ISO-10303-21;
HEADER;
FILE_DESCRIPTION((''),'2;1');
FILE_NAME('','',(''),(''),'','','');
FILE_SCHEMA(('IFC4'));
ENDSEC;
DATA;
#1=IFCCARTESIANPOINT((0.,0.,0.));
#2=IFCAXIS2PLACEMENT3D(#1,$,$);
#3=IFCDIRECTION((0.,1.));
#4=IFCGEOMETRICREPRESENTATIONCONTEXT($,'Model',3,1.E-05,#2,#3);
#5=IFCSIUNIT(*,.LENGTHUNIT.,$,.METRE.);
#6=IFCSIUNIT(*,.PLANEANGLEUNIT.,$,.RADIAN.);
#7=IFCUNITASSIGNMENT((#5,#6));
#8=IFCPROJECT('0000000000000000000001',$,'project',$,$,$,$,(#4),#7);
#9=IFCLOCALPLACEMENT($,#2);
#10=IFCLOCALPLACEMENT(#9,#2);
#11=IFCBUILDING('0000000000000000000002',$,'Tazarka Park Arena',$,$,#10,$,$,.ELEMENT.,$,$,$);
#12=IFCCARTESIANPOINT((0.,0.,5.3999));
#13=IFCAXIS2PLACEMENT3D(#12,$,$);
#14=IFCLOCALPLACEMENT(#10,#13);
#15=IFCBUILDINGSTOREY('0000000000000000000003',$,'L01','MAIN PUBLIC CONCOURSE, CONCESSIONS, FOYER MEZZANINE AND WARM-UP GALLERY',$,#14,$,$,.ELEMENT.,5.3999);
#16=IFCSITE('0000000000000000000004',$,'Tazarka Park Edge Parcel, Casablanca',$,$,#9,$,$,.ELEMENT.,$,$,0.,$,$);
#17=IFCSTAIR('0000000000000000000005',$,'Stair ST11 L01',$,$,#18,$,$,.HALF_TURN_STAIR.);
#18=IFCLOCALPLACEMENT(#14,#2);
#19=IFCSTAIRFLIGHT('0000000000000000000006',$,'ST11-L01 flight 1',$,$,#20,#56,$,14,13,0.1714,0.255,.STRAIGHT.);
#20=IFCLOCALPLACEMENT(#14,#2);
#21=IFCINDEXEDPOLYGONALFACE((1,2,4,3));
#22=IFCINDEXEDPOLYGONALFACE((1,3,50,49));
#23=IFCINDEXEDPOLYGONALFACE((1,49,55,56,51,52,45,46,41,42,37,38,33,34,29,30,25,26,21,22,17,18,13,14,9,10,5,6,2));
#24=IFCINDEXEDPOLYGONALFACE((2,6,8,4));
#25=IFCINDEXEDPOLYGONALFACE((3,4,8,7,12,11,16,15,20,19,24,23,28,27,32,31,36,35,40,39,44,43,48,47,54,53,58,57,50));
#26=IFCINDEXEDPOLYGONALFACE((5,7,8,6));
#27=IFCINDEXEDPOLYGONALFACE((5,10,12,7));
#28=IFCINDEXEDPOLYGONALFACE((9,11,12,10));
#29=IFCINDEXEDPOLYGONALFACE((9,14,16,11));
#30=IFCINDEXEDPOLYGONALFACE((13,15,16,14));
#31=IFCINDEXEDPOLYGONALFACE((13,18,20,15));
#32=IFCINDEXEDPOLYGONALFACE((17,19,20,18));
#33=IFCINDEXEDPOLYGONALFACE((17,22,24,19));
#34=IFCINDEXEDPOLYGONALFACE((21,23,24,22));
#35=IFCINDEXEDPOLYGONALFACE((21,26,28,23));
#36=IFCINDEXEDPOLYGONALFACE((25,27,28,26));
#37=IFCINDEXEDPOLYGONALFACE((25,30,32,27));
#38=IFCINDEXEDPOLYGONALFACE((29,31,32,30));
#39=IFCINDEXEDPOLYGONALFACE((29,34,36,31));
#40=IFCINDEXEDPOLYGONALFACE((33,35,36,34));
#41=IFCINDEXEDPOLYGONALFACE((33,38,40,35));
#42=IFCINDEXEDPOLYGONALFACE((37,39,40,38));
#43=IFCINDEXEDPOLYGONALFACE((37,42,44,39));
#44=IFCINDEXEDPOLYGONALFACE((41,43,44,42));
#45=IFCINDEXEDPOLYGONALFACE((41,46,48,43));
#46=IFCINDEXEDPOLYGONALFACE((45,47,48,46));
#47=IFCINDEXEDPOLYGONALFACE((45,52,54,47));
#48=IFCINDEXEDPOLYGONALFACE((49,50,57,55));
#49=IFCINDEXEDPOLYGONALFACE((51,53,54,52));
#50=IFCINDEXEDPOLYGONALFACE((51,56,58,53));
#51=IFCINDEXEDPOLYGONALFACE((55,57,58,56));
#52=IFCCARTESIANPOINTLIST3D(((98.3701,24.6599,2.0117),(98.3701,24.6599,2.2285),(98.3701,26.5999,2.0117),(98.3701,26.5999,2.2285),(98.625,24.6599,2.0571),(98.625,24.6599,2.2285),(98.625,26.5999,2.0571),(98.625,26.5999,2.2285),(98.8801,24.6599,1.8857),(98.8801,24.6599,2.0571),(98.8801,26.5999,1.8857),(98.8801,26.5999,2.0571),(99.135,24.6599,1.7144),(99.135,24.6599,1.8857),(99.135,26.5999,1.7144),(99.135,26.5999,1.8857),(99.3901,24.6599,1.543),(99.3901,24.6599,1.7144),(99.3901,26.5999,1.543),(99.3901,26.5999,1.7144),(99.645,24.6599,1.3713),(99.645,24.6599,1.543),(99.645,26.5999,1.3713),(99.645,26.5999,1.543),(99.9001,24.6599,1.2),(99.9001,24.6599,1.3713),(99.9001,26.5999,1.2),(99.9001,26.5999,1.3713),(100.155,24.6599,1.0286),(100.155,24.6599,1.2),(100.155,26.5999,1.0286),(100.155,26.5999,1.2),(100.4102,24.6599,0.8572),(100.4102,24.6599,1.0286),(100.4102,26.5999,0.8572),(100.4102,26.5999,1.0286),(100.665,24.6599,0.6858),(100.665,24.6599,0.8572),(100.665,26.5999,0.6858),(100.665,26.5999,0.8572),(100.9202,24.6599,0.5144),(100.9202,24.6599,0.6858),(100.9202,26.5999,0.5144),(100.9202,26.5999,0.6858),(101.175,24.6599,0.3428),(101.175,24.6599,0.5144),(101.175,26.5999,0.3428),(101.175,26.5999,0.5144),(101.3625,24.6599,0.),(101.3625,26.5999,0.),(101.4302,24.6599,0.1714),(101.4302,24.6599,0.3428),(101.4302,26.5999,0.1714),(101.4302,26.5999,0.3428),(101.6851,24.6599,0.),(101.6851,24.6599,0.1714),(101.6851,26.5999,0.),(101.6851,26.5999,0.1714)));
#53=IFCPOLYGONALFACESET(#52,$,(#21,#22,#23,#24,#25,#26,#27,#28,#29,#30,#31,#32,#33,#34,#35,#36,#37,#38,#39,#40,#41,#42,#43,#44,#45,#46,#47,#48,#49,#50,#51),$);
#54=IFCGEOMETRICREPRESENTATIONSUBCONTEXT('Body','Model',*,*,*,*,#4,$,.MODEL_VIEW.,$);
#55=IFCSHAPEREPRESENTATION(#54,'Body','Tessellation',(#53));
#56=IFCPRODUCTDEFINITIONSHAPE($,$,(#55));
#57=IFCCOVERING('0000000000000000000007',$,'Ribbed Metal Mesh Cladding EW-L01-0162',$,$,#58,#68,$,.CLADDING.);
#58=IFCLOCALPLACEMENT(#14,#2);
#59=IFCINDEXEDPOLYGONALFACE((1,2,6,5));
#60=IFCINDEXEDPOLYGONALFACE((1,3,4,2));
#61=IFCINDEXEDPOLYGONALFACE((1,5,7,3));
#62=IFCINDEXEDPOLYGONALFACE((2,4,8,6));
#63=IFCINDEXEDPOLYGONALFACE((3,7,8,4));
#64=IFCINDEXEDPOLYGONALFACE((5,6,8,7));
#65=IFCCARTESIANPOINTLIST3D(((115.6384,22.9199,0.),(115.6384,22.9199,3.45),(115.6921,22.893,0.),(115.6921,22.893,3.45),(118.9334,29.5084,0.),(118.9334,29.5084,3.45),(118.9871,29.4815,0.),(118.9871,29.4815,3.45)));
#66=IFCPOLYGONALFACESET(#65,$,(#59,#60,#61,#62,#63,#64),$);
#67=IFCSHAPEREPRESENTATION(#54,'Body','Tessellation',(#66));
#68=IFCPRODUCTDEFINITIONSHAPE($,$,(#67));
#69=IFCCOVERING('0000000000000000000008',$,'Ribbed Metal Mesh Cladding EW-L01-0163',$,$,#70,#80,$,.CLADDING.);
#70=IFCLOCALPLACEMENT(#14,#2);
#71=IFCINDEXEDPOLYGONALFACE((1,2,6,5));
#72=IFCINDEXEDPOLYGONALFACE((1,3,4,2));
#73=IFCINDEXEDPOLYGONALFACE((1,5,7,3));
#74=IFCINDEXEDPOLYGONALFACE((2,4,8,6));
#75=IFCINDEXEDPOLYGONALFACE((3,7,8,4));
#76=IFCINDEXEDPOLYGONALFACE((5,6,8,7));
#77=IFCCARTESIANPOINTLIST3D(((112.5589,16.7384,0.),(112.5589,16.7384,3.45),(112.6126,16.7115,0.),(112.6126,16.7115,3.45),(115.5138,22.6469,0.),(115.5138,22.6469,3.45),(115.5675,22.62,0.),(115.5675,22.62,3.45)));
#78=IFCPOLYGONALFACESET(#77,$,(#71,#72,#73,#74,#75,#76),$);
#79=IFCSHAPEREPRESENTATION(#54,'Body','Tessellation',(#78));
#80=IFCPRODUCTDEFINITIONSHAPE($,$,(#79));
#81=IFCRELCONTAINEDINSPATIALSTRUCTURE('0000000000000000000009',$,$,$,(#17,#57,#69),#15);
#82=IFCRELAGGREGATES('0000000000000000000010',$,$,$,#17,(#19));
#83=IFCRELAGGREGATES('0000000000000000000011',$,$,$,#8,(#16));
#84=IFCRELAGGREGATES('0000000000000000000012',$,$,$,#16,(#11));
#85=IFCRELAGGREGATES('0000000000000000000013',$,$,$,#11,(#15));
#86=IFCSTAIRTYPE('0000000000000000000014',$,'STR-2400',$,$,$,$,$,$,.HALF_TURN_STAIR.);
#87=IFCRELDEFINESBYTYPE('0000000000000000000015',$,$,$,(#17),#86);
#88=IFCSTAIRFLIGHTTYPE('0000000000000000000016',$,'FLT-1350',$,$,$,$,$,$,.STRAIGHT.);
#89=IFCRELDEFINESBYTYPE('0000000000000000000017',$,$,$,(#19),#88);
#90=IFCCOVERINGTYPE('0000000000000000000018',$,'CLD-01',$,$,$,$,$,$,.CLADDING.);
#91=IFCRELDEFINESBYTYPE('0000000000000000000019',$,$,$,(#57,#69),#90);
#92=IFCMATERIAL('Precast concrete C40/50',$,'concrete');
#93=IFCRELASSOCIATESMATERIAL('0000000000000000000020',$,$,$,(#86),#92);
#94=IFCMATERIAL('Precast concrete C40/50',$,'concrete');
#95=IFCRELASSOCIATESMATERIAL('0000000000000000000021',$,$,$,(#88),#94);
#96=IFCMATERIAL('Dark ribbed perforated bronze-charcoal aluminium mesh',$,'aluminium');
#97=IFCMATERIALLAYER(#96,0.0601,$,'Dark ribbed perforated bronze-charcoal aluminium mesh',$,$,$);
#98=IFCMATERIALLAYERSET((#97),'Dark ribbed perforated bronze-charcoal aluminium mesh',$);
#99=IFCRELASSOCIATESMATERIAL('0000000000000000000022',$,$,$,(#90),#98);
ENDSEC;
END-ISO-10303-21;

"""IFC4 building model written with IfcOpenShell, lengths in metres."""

from ifc_helpers import new_model, si_unit, direction, frame, origin, origin_2d, place, context, subcontext, project, spatial, polyline, rectangle, outline, extrude, material, layer, layer_set, type_object, element, aggregate, save


model = new_model("IFC4")

# Units and contexts
model_context = context("Model", 3, precision=1e-05, world=origin(), true_north=direction((0.0, 1.0)))
body_context = subcontext(model_context, "Body", "Model", "MODEL_VIEW")
ifc_project = project(units=[si_unit("LENGTHUNIT", "METRE"), si_unit("PLANEANGLEUNIT", "RADIAN")], contexts=[model_context])

# Site, building, storey
site_placement = place(None, origin())
site = spatial("IfcSite", under=ifc_project, at=site_placement, Name="Tazarka Park Edge Parcel, Casablanca", CompositionType="ELEMENT", RefElevation=0.0)
building_placement = place(site_placement, origin())
building = spatial("IfcBuilding", under=site, at=building_placement, Name="Tazarka Park Arena", CompositionType="ELEMENT")
storey_placement = place(building_placement, frame((0.0, 0.0, 5.3999)))
storey = spatial("IfcBuildingStorey", under=building, at=storey_placement, Name="L01", Description="MAIN PUBLIC CONCOURSE, CONCESSIONS, FOYER MEZZANINE AND WARM-UP GALLERY", CompositionType="ELEMENT", Elevation=5.3999)

# Stair, stair flight
ifc_material_1 = material(Name="Precast concrete C40/50", Category="concrete")
stair_type = type_object("IfcStairType", Name="STR-2400", PredefinedType="HALF_TURN_STAIR", material=ifc_material_1)
stair_placement = place(storey_placement, origin())
stair = element("IfcStair", 1, at=stair_placement, inside=storey, type_object=stair_type, Name="Stair ST11 L01", PredefinedType="HALF_TURN_STAIR")
ifc_material_2 = material(Name="Precast concrete C40/50", Category="concrete")
stair_flight_type = type_object("IfcStairFlightType", Name="FLT-1350", PredefinedType="STRAIGHT", material=ifc_material_2)
stair_flight_placement = place(storey_placement, frame((101.6851, 25.6299, 0.0), z_axis=(0.0, 0.0, 1.0), x_axis=(-1.0, 0.0, 0.0)))
stair_flight = element("IfcStairFlight", 2, at=stair_flight_placement, type_object=stair_flight_type, Name="ST11-L01 flight 1", NumberOfRisers=14, NumberOfTreads=13, PredefinedType="STRAIGHT", RiserHeight=0.1714, TreadLength=0.255, context=body_context, shape_type="SweptSolid", body=[
    extrude(outline(polyline([(0.0, 0.0), (0.0, 0.1714), (0.2549, 0.1714), (0.2549, 0.3428), (0.51, 0.3428), (0.51, 0.5144), (0.7649, 0.5144), (0.7649, 0.6858), (1.02, 0.6858), (1.02, 0.8572), (1.2749, 0.8572), (1.2749, 1.0286), (1.53, 1.0286), (1.53, 1.2), (1.7849, 1.2), (1.7849, 1.3713), (2.04, 1.3713), (2.04, 1.543), (2.2949, 1.543), (2.2949, 1.7144), (2.55, 1.7144), (2.55, 1.8857), (2.8049, 1.8857), (2.8049, 2.0571), (3.0601, 2.0571), (3.0601, 2.2285), (3.3149, 2.2285), (3.3149, 2.3999), (3.3149, 2.0117), (0.3225, 0.0), (0.0, 0.0)])), frame((0.0, 0.97, 0.0), z_axis=(0.0, -1.0, 0.0), x_axis=(1.0, 0.0, 0.0)), (0.0, 0.0, 1.0), 1.9399),
])
aggregate(stair, [stair_flight])

# Coverings
ifc_material_3 = material(Name="Dark ribbed perforated bronze-charcoal aluminium mesh", Category="aluminium")
ifc_layer_1 = layer(ifc_material_3, 0.0601, Name="Dark ribbed perforated bronze-charcoal aluminium mesh")
ifc_layer_set_1 = layer_set([ifc_layer_1], Name="Dark ribbed perforated bronze-charcoal aluminium mesh")
covering_type = type_object("IfcCoveringType", Name="CLD-01", PredefinedType="CLADDING", material=ifc_layer_set_1)
covering_1_placement = place(storey_placement, frame((117.3127, 26.2007, 0.0), z_axis=(0.0, 0.0, 1.0), x_axis=(-0.447291, -0.894389, 0.0)))
element("IfcCovering", 3, at=covering_1_placement, inside=storey, type_object=covering_type, Name="Ribbed Metal Mesh Cladding EW-L01-0162", PredefinedType="CLADDING", context=body_context, shape_type="SweptSolid", body=[
    extrude(rectangle(XDim=7.3665, YDim=0.0601, at=origin_2d()), origin(), (0.0, 0.0, 1.0), 3.45),
])
covering_2_placement = place(storey_placement, frame((114.0632, 19.6792, 0.0), z_axis=(0.0, 0.0, 1.0), x_axis=(-0.447291, -0.894389, 0.0)))
element("IfcCovering", 4, at=covering_2_placement, inside=storey, type_object=covering_type, Name="Ribbed Metal Mesh Cladding EW-L01-0163", PredefinedType="CLADDING", context=body_context, shape_type="SweptSolid", body=[
    extrude(rectangle(XDim=6.6062, YDim=0.0601, at=origin_2d()), origin(), (0.0, 0.0, 1.0), 3.45),
])

save(model, "model.ifc")
